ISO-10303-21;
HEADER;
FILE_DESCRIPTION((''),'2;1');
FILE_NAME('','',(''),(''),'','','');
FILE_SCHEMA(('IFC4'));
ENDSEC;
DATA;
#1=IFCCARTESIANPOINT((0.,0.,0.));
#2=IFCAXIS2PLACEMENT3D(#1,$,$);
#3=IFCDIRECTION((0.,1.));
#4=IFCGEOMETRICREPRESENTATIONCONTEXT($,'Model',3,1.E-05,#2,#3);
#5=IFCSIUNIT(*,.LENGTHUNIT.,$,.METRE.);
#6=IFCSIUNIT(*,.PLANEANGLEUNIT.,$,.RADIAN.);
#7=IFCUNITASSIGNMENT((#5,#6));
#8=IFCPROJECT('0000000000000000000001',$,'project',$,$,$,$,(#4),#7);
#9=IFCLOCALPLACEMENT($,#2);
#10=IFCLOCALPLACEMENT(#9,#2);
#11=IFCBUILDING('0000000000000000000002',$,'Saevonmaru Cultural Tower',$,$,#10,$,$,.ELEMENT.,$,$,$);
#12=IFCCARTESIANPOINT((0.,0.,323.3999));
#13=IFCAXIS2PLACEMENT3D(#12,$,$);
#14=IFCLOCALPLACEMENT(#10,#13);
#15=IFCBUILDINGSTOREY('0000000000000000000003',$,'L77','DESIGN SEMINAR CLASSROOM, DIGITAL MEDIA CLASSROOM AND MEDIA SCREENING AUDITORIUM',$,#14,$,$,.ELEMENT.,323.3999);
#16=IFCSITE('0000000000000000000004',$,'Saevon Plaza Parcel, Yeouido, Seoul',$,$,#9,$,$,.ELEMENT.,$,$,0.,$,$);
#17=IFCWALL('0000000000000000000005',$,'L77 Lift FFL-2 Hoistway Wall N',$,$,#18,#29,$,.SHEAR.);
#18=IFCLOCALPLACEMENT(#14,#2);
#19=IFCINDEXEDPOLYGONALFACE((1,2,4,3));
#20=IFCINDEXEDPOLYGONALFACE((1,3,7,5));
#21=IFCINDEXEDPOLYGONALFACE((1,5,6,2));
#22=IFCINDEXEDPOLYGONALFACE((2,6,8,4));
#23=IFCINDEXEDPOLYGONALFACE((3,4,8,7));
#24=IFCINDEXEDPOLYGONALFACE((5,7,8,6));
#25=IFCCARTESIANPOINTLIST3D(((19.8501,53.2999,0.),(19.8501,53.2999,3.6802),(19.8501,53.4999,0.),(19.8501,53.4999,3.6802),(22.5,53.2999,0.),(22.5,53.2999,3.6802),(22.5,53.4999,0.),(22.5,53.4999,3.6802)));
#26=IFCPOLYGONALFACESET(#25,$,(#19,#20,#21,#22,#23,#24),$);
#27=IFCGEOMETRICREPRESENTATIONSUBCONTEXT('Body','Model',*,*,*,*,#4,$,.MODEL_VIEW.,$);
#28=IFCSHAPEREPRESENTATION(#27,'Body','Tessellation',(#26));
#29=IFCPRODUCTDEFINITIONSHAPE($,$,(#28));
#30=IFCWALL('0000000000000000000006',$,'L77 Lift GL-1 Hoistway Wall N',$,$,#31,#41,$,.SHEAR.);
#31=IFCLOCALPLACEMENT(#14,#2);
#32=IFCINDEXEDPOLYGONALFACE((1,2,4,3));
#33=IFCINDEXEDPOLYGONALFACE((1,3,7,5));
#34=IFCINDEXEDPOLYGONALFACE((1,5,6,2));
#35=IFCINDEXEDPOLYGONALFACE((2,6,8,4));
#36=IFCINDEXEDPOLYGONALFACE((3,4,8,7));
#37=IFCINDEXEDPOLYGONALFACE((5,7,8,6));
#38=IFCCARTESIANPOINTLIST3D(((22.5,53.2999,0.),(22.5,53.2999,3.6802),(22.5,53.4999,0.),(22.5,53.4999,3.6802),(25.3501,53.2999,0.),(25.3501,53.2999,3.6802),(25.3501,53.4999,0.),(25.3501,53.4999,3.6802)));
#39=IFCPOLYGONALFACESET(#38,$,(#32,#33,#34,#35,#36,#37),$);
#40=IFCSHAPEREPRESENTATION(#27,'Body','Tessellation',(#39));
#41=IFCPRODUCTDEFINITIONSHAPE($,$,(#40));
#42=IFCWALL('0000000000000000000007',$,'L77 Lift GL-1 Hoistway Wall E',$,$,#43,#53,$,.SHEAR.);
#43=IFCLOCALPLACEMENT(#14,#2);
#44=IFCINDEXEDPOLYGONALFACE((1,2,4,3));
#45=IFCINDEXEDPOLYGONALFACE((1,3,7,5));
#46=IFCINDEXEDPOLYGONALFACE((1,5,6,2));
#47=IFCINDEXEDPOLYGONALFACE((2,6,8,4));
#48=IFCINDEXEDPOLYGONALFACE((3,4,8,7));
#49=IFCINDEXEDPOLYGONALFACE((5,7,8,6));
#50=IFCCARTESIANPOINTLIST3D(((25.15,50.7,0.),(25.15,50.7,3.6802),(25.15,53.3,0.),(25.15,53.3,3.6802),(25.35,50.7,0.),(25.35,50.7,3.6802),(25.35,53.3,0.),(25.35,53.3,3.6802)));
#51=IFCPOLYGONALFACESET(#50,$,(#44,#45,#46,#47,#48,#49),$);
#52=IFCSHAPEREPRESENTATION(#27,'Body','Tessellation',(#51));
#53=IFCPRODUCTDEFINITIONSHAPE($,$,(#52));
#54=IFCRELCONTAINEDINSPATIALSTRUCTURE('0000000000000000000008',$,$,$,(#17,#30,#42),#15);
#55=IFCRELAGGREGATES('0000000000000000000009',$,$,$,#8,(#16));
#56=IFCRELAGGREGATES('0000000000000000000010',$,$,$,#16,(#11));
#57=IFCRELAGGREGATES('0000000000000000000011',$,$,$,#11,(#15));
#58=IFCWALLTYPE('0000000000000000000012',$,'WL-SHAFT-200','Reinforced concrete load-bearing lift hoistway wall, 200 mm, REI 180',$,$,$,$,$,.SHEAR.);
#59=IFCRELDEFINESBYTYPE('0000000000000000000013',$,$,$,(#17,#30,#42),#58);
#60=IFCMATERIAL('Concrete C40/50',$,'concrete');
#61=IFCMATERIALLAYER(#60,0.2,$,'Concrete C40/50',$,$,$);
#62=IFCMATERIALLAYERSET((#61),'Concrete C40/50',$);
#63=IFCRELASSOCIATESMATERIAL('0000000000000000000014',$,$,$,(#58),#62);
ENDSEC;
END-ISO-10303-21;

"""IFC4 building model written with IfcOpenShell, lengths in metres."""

from ifc_helpers import new_model, si_unit, direction, frame, frame_2d, origin, place, context, subcontext, project, spatial, rectangle, extrude, material, layer, layer_set, type_object, element, save


model = new_model("IFC4")

# Units and contexts
model_context = context("Model", 3, precision=1e-05, world=origin(), true_north=direction((0.0, 1.0)))
body_context = subcontext(model_context, "Body", "Model", "MODEL_VIEW")
ifc_project = project(units=[si_unit("LENGTHUNIT", "METRE"), si_unit("PLANEANGLEUNIT", "RADIAN")], contexts=[model_context])

# Site, building, storey
site_placement = place(None, origin())
site = spatial("IfcSite", under=ifc_project, at=site_placement, Name="Saevon Plaza Parcel, Yeouido, Seoul", CompositionType="ELEMENT", RefElevation=0.0)
building_placement = place(site_placement, origin())
building = spatial("IfcBuilding", under=site, at=building_placement, Name="Saevonmaru Cultural Tower", CompositionType="ELEMENT")
storey_placement = place(building_placement, frame((0.0, 0.0, 323.3999)))
storey = spatial("IfcBuildingStorey", under=building, at=storey_placement, Name="L77", Description="DESIGN SEMINAR CLASSROOM, DIGITAL MEDIA CLASSROOM AND MEDIA SCREENING AUDITORIUM", CompositionType="ELEMENT", Elevation=323.3999)

# Walls
ifc_material_1 = material(Name="Concrete C40/50", Category="concrete")
ifc_layer_1 = layer(ifc_material_1, 0.2, Name="Concrete C40/50")
ifc_layer_set_1 = layer_set([ifc_layer_1], Name="Concrete C40/50")
wall_type_1 = type_object("IfcWallType", Name="WL-SHAFT-200", Description="Reinforced concrete load-bearing lift hoistway wall, 200 mm, REI 180", PredefinedType="SHEAR", material=ifc_layer_set_1)
wall_1_placement = place(storey_placement, frame((19.8501, 53.3999, 0.0), z_axis=(0.0, 0.0, 1.0), x_axis=(1.0, 0.0, 0.0)))
element("IfcWall", 1, at=wall_1_placement, inside=storey, type_object=wall_type_1, Name="L77 Lift FFL-2 Hoistway Wall N", PredefinedType="SHEAR", context=body_context, shape_type="SweptSolid", body=[
    extrude(rectangle(XDim=2.6499, YDim=0.2, at=frame_2d((1.325, 0.0))), origin(), (0.0, 0.0, 1.0), 3.6802),
])
wall_2_placement = place(storey_placement, frame((22.5, 53.3999, 0.0), z_axis=(0.0, 0.0, 1.0), x_axis=(1.0, 0.0, 0.0)))
element("IfcWall", 2, at=wall_2_placement, inside=storey, type_object=wall_type_1, Name="L77 Lift GL-1 Hoistway Wall N", PredefinedType="SHEAR", context=body_context, shape_type="SweptSolid", body=[
    extrude(rectangle(XDim=2.8501, YDim=0.2, at=frame_2d((1.425, 0.0))), origin(), (0.0, 0.0, 1.0), 3.6802),
])
wall_3_placement = place(storey_placement, frame((25.25, 50.7, 0.0), z_axis=(0.0, 0.0, 1.0), x_axis=(0.0, 1.0, 0.0)))
element("IfcWall", 3, at=wall_3_placement, inside=storey, type_object=wall_type_1, Name="L77 Lift GL-1 Hoistway Wall E", PredefinedType="SHEAR", context=body_context, shape_type="SweptSolid", body=[
    extrude(rectangle(XDim=2.6001, YDim=0.2, at=frame_2d((1.3, 0.0))), origin(), (0.0, 0.0, 1.0), 3.6802),
])

save(model, "model.ifc")
